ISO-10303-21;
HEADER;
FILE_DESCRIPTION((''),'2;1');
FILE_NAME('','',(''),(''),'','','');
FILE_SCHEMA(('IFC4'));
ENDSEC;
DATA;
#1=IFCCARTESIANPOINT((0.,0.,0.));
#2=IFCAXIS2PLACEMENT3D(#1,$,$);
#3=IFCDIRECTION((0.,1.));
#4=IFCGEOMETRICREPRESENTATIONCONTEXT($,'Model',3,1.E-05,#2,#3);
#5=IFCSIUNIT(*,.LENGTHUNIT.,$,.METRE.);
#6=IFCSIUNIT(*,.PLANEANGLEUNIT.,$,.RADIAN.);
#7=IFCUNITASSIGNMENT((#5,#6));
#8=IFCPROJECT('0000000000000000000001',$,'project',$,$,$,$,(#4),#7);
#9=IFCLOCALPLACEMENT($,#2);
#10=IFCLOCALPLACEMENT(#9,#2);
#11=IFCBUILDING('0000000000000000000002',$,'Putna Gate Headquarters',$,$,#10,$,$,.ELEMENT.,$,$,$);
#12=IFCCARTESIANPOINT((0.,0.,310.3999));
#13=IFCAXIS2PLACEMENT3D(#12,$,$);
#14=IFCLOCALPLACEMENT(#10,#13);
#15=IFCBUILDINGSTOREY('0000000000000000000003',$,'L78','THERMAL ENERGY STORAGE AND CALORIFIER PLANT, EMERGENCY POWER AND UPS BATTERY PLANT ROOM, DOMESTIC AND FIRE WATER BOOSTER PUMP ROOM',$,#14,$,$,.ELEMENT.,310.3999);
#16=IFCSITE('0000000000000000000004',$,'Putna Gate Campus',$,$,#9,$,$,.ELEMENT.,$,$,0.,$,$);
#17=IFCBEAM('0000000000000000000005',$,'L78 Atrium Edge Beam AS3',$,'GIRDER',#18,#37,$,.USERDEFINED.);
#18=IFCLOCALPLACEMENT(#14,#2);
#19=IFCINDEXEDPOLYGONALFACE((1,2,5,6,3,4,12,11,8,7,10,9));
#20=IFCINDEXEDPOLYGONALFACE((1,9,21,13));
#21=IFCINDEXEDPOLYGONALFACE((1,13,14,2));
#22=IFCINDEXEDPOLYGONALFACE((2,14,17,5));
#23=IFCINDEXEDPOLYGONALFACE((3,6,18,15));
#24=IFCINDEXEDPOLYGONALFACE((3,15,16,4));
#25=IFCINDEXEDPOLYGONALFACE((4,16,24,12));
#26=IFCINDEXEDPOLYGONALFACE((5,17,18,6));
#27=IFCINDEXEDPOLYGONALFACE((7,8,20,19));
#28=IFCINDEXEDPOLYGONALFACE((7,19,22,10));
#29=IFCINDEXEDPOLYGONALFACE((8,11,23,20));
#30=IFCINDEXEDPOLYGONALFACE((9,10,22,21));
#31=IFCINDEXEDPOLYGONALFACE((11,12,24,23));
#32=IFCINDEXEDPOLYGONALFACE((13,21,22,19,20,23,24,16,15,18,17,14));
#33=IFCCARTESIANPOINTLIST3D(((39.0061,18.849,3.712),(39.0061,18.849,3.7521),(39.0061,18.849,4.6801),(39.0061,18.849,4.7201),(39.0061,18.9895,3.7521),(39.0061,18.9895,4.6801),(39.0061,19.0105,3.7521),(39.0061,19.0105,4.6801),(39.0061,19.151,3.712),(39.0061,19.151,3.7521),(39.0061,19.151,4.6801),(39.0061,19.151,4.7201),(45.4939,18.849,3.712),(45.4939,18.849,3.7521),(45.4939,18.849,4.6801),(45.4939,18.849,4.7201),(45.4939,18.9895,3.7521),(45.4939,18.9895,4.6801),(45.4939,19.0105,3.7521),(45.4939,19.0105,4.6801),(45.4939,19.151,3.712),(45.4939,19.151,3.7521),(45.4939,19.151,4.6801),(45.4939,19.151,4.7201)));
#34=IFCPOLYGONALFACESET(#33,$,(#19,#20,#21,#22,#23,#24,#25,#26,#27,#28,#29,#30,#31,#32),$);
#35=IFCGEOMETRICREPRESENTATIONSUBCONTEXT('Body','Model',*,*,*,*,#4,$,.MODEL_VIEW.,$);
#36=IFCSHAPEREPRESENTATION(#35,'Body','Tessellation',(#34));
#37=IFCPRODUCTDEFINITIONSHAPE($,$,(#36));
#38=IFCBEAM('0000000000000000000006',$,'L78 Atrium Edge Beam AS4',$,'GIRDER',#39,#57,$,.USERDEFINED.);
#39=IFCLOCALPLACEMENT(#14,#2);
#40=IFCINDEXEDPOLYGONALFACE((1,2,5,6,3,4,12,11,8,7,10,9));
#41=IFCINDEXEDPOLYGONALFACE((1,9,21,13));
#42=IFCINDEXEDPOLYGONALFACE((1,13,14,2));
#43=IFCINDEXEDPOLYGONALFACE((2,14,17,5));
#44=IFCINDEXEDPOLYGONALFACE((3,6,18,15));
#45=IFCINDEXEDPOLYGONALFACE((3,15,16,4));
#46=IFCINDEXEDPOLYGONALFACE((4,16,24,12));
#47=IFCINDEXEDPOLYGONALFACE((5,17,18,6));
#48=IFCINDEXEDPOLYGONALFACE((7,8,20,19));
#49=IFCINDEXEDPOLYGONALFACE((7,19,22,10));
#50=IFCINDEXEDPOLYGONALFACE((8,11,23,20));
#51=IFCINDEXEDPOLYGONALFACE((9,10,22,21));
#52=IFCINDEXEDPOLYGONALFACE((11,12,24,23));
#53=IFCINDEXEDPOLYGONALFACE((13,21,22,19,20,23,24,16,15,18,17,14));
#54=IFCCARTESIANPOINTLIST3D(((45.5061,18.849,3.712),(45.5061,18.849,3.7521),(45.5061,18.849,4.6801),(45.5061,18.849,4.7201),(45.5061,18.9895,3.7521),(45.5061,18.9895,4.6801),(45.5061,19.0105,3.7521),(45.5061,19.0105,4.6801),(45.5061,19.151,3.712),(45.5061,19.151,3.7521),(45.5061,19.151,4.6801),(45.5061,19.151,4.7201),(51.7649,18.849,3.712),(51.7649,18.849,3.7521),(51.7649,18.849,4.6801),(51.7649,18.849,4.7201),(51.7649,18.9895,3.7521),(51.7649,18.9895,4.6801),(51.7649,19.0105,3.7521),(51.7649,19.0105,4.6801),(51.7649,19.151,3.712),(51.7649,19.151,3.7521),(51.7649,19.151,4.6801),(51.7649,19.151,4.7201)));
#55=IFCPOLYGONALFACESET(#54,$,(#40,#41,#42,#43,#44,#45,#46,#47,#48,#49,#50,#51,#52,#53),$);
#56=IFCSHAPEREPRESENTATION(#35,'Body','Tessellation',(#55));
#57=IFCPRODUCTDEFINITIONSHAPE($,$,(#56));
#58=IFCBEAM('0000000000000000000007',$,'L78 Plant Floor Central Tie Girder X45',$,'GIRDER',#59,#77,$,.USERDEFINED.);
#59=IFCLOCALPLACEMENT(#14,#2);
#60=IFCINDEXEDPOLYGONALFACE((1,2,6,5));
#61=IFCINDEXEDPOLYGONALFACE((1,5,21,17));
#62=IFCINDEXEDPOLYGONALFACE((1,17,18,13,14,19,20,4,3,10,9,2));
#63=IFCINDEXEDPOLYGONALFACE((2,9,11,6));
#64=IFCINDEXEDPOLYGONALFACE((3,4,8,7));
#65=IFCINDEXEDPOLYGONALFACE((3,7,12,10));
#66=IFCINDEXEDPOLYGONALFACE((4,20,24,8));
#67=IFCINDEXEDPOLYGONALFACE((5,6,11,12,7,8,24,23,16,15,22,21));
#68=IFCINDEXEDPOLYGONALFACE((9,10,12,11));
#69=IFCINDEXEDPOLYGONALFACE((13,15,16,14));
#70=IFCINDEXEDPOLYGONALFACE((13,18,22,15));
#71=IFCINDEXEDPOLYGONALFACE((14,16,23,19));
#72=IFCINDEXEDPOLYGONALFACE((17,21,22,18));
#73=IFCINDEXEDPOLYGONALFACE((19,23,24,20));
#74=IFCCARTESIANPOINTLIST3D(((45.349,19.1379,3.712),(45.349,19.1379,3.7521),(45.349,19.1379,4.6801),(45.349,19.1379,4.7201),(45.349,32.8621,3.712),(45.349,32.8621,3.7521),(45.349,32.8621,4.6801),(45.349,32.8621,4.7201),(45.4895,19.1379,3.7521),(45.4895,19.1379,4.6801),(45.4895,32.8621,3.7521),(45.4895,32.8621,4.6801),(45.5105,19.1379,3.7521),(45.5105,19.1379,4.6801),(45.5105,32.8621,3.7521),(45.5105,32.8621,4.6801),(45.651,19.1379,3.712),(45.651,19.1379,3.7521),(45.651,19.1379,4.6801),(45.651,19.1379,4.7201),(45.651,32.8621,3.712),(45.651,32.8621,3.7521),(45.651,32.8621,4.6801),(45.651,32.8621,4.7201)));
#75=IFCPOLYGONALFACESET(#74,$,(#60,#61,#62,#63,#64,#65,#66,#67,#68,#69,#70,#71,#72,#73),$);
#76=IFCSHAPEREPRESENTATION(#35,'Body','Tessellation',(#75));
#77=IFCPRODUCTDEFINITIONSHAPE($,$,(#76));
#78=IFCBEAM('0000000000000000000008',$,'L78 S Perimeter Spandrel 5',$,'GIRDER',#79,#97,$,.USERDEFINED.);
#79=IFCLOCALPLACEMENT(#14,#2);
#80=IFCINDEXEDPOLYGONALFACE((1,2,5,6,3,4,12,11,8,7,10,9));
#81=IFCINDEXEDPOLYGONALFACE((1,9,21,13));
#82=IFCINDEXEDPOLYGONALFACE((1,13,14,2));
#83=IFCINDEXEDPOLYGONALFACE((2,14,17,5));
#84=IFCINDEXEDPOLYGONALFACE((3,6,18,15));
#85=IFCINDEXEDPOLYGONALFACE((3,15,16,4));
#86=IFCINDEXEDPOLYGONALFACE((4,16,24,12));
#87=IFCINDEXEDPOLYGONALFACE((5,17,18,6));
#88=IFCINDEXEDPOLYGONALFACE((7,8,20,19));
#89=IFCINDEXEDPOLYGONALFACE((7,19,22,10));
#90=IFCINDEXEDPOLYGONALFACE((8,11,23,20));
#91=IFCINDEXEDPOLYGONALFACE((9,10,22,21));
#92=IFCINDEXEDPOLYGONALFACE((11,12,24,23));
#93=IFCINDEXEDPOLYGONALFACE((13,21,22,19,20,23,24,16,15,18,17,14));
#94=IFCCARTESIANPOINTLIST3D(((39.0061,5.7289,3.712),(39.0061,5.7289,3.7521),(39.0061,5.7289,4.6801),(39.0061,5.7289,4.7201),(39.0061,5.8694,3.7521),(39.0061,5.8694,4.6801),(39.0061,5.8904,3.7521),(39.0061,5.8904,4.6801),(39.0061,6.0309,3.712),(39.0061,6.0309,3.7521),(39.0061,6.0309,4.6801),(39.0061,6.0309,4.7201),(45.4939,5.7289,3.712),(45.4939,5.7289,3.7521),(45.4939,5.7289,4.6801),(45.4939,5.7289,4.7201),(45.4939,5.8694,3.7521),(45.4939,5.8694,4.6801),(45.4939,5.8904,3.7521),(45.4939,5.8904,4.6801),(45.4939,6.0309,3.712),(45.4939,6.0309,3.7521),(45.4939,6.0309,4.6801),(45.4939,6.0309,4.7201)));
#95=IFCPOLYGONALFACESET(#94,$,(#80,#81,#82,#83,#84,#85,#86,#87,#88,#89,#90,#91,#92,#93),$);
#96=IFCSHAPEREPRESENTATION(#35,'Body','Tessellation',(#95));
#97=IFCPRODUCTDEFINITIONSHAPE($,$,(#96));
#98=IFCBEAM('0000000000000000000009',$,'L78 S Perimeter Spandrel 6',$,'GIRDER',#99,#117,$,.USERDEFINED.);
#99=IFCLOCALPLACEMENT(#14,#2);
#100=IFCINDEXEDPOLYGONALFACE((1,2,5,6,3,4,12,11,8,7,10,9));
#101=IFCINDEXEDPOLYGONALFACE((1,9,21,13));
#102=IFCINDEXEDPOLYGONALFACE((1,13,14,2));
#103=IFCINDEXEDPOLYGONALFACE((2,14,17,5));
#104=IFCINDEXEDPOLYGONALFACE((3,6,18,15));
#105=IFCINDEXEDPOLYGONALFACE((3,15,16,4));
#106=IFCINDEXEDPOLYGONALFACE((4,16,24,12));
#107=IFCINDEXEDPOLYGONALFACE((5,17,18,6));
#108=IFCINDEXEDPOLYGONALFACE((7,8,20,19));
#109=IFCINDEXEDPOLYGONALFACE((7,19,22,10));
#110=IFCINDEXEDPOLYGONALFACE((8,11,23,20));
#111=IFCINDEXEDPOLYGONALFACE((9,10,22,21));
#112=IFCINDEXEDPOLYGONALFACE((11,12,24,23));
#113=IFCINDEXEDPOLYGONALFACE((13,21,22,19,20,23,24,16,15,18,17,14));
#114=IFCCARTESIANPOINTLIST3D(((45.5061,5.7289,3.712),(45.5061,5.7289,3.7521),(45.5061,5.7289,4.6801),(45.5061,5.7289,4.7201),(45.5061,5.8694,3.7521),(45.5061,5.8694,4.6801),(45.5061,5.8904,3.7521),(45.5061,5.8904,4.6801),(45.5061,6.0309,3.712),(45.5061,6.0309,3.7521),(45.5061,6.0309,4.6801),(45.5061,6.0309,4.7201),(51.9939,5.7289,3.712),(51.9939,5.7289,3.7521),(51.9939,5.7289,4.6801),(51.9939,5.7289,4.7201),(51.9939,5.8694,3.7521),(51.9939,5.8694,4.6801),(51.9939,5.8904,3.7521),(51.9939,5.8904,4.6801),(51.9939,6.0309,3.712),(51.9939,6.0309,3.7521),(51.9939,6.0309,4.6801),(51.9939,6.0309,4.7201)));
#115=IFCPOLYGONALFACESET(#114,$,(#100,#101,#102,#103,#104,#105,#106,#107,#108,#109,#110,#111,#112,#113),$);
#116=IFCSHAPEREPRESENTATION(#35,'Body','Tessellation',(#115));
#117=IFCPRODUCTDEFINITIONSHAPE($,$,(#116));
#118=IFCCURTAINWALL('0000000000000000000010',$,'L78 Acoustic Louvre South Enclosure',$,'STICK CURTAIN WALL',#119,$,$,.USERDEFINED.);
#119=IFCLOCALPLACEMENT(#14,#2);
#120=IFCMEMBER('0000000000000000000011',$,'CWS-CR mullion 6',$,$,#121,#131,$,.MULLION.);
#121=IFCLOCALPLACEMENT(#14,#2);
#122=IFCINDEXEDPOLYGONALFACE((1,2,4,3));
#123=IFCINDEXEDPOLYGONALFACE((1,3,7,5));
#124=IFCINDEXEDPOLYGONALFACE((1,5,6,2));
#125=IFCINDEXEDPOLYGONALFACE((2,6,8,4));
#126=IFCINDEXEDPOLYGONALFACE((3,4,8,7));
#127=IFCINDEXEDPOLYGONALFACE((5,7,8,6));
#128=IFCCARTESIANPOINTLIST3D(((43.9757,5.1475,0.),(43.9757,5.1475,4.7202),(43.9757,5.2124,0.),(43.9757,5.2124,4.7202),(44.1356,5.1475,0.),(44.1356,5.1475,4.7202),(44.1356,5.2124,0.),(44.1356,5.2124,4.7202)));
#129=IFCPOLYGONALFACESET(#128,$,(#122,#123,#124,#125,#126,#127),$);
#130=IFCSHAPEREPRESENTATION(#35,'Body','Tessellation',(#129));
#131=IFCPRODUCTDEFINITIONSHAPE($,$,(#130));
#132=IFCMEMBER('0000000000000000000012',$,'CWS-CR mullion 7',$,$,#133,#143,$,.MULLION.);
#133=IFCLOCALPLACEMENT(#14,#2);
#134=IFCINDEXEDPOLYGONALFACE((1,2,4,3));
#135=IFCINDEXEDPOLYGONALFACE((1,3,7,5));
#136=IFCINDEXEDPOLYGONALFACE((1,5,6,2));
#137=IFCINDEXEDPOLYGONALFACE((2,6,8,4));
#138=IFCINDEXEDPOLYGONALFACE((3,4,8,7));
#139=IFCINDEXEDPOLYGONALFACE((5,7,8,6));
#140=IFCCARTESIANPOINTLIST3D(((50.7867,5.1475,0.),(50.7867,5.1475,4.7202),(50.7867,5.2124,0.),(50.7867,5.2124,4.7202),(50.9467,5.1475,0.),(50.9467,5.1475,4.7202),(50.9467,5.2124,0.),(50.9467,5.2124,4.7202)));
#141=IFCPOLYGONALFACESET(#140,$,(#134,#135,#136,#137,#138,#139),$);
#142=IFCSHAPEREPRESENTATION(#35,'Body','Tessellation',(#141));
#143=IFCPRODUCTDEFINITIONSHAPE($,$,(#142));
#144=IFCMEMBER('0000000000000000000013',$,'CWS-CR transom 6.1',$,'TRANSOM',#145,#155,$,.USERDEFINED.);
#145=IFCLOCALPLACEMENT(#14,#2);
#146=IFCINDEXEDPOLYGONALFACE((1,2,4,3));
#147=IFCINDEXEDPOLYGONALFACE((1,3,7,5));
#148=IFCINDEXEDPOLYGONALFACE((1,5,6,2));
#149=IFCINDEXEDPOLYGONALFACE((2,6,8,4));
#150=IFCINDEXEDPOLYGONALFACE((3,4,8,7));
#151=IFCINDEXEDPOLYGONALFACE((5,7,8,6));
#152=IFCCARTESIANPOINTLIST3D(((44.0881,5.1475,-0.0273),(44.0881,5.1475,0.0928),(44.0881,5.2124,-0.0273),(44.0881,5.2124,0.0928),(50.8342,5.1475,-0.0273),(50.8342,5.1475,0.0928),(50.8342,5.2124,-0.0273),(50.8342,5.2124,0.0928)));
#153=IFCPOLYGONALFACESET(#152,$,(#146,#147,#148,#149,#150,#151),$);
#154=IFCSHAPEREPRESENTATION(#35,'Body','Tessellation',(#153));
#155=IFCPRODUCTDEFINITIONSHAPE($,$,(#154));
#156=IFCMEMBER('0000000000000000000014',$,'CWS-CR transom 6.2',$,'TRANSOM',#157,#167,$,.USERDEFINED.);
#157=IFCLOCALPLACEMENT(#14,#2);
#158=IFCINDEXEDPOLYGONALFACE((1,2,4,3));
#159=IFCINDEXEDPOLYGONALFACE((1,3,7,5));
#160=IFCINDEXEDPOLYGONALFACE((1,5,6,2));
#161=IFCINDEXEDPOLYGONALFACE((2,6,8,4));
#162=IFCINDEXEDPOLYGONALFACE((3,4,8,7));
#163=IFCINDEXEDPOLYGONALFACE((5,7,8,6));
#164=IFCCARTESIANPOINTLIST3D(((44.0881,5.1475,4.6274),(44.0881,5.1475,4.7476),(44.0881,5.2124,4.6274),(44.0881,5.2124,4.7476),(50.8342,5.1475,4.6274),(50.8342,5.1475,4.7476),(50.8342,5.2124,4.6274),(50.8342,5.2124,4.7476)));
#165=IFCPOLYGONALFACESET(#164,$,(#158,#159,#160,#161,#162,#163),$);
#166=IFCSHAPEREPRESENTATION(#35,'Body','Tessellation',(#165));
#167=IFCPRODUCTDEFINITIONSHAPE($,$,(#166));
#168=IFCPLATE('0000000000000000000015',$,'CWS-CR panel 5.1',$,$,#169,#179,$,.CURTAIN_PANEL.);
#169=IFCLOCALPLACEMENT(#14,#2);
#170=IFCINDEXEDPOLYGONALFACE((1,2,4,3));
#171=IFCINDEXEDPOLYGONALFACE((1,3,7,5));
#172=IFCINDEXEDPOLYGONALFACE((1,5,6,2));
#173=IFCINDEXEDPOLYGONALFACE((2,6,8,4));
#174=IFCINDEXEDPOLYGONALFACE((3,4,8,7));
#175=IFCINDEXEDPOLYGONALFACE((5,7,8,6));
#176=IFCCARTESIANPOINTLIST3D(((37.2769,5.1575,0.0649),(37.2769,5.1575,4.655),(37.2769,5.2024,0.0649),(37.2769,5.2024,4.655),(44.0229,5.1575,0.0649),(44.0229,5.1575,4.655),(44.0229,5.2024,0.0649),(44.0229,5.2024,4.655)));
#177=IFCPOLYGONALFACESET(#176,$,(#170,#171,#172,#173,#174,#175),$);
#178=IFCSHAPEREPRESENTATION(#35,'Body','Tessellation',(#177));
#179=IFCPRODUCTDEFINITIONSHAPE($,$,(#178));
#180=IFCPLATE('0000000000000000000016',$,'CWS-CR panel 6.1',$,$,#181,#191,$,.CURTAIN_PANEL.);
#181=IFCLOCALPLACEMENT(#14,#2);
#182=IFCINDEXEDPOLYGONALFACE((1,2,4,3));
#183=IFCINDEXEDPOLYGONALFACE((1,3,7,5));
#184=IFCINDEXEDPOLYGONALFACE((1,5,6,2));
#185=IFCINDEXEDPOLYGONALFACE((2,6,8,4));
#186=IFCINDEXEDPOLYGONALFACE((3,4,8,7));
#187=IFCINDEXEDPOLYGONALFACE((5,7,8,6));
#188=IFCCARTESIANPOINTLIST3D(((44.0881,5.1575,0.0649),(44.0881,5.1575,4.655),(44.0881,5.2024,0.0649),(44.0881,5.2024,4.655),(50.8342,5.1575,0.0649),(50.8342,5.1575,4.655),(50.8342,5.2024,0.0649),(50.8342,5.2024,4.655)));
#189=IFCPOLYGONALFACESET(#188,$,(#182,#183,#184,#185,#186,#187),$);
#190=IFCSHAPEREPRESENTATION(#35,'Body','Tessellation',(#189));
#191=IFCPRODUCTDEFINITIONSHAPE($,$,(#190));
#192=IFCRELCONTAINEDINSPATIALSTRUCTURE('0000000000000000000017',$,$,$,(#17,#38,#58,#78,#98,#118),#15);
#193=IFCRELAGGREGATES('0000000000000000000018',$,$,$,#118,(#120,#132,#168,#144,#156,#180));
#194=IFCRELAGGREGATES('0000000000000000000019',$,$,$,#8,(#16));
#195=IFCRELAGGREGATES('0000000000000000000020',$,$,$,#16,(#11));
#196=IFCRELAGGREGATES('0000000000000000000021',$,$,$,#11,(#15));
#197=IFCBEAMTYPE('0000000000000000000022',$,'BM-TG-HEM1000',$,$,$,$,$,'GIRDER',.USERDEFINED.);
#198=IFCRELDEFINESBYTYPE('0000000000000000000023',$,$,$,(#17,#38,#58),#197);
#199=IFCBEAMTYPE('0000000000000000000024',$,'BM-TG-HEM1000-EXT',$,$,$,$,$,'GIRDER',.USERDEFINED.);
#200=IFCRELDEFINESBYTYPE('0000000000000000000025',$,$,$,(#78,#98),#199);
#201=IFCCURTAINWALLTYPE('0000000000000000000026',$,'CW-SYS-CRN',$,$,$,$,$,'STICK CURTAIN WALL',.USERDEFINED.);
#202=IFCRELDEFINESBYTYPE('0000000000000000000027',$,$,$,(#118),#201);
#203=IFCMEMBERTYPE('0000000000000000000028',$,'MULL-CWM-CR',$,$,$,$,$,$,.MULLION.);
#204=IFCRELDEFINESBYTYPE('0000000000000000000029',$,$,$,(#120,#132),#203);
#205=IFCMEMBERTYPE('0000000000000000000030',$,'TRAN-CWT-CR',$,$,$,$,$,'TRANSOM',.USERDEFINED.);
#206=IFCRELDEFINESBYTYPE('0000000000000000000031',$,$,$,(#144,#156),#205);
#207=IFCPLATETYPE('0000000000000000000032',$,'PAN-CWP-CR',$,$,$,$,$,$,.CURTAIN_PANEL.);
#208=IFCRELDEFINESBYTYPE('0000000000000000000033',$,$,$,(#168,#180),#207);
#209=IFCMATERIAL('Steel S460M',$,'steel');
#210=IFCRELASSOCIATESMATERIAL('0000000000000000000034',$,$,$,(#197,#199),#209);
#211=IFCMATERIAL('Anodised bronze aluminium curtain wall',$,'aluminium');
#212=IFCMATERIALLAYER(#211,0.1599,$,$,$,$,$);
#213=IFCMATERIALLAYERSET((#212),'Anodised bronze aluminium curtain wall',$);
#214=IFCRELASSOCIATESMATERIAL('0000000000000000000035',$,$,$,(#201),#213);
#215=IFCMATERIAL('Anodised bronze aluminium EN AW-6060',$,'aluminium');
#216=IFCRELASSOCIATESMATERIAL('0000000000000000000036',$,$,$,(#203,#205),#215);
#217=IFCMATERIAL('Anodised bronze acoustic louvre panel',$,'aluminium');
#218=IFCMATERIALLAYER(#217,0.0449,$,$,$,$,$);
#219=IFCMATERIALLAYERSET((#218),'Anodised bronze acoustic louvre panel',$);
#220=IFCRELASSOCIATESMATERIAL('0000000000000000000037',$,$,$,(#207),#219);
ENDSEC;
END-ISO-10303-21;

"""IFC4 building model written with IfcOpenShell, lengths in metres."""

from ifc_helpers import new_model, si_unit, direction, frame, origin, origin_2d, place, context, subcontext, project, spatial, rectangle, i_section, extrude, material, layer, layer_set, material_profile, profile_set, type_object, element, aggregate, save


model = new_model("IFC4")

# Units and contexts
model_context = context("Model", 3, precision=1e-05, world=origin(), true_north=direction((0.0, 1.0)))
body_context = subcontext(model_context, "Body", "Model", "MODEL_VIEW")
ifc_project = project(units=[si_unit("LENGTHUNIT", "METRE"), si_unit("PLANEANGLEUNIT", "RADIAN")], contexts=[model_context])

# Site, building, storey
site_placement = place(None, origin())
site = spatial("IfcSite", under=ifc_project, at=site_placement, Name="Putna Gate Campus", CompositionType="ELEMENT", RefElevation=0.0)
building_placement = place(site_placement, origin())
building = spatial("IfcBuilding", under=site, at=building_placement, Name="Putna Gate Headquarters", CompositionType="ELEMENT")
storey_placement = place(building_placement, frame((0.0, 0.0, 310.3999)))
storey = spatial("IfcBuildingStorey", under=building, at=storey_placement, Name="L78", Description="THERMAL ENERGY STORAGE AND CALORIFIER PLANT, EMERGENCY POWER AND UPS BATTERY PLANT ROOM, DOMESTIC AND FIRE WATER BOOSTER PUMP ROOM", CompositionType="ELEMENT", Elevation=310.3999)

# Shared definitions
ifc_material_1 = material(Name="Steel S460M", Category="steel")

# Beams
ifc_material_profile_1 = material_profile(ifc_material_1, i_section(OverallWidth=0.302, OverallDepth=1.0081, WebThickness=0.021, FlangeThickness=0.04, at=origin_2d()), Name="Steel S460M")
ifc_profile_set_1 = profile_set([ifc_material_profile_1], Name="Steel S460M")
beam_type_1 = type_object("IfcBeamType", Name="BM-TG-HEM1000", ElementType="GIRDER", PredefinedType="USERDEFINED", material=ifc_profile_set_1)
beam_1_placement = place(storey_placement, frame((39.0061, 19.0, 4.2161), z_axis=(1.0, 0.0, 0.0), x_axis=(0.0, 1.0, 0.0)))
element("IfcBeam", 1, at=beam_1_placement, inside=storey, type_object=beam_type_1, Name="L78 Atrium Edge Beam AS3", ObjectType="GIRDER", PredefinedType="USERDEFINED", context=body_context, shape_type="SweptSolid", body=[
    extrude(i_section(OverallWidth=0.302, OverallDepth=1.0081, WebThickness=0.021, FlangeThickness=0.04, at=origin_2d()), origin(), (0.0, 0.0, 1.0), 6.4878),
])
beam_2_placement = place(storey_placement, frame((45.5061, 19.0, 4.2161), z_axis=(1.0, 0.0, 0.0), x_axis=(0.0, 1.0, 0.0)))
element("IfcBeam", 2, at=beam_2_placement, inside=storey, type_object=beam_type_1, Name="L78 Atrium Edge Beam AS4", ObjectType="GIRDER", PredefinedType="USERDEFINED", context=body_context, shape_type="SweptSolid", body=[
    extrude(i_section(OverallWidth=0.302, OverallDepth=1.0081, WebThickness=0.021, FlangeThickness=0.04, at=origin_2d()), origin(), (0.0, 0.0, 1.0), 6.2588),
])
beam_3_placement = place(storey_placement, frame((45.5, 19.1379, 4.2161), z_axis=(0.0, 1.0, 0.0), x_axis=(-1.0, 0.0, 0.0)))
element("IfcBeam", 3, at=beam_3_placement, inside=storey, type_object=beam_type_1, Name="L78 Plant Floor Central Tie Girder X45", ObjectType="GIRDER", PredefinedType="USERDEFINED", context=body_context, shape_type="SweptSolid", body=[
    extrude(i_section(OverallWidth=0.302, OverallDepth=1.0081, WebThickness=0.021, FlangeThickness=0.04, at=origin_2d()), origin(), (0.0, 0.0, 1.0), 13.7241),
])
ifc_material_profile_2 = material_profile(ifc_material_1, i_section(OverallWidth=0.302, OverallDepth=1.0081, WebThickness=0.021, FlangeThickness=0.04, at=origin_2d()), Name="Steel S460M")
ifc_profile_set_2 = profile_set([ifc_material_profile_2], Name="Steel S460M")
beam_type_2 = type_object("IfcBeamType", Name="BM-TG-HEM1000-EXT", ElementType="GIRDER", PredefinedType="USERDEFINED", material=ifc_profile_set_2)
for number, where, z_axis, x_axis, name in (
    (4, (39.0061, 5.8799, 4.2161), (1.0, 0.0, 0.0), (0.0, 1.0, 0.0), "L78 S Perimeter Spandrel 5"),
    (5, (45.5061, 5.8799, 4.2161), (1.0, 0.0, 0.0), (0.0, 1.0, 0.0), "L78 S Perimeter Spandrel 6"),
):
    element("IfcBeam", number, at=place(storey_placement, frame(where, z_axis=z_axis, x_axis=x_axis)), inside=storey, type_object=beam_type_2, Name=name, ObjectType="GIRDER", PredefinedType="USERDEFINED", context=body_context, shape_type="SweptSolid", body=[
        extrude(i_section(OverallWidth=0.302, OverallDepth=1.0081, WebThickness=0.021, FlangeThickness=0.04, at=origin_2d()), origin(), (0.0, 0.0, 1.0), 6.4878),
    ])

# Curtain wall, members, plates
ifc_material_2 = material(Name="Anodised bronze aluminium curtain wall", Category="aluminium")
ifc_layer_1 = layer(ifc_material_2, 0.1599)
ifc_layer_set_1 = layer_set([ifc_layer_1], Name="Anodised bronze aluminium curtain wall")
curtain_wall_type = type_object("IfcCurtainWallType", Name="CW-SYS-CRN", ElementType="STICK CURTAIN WALL", PredefinedType="USERDEFINED", material=ifc_layer_set_1)
curtain_wall_placement = place(storey_placement, origin())
curtain_wall = element("IfcCurtainWall", 6, at=curtain_wall_placement, inside=storey, type_object=curtain_wall_type, Name="L78 Acoustic Louvre South Enclosure", ObjectType="STICK CURTAIN WALL", PredefinedType="USERDEFINED")
ifc_material_3 = material(Name="Anodised bronze aluminium EN AW-6060", Category="aluminium")
ifc_material_profile_3 = material_profile(ifc_material_3, rectangle(XDim=0.0649, YDim=0.1599, at=origin_2d()), Name="Anodised bronze aluminium EN AW-6060")
ifc_profile_set_3 = profile_set([ifc_material_profile_3], Name="Anodised bronze aluminium EN AW-6060")
member_type_1 = type_object("IfcMemberType", Name="MULL-CWM-CR", PredefinedType="MULLION", material=ifc_profile_set_3)
member_1_placement = place(storey_placement, frame((44.0557, 5.1799, 0.0), z_axis=(0.0, 0.0, 1.0), x_axis=(0.0, 1.0, 0.0)))
member_1 = element("IfcMember", 7, at=member_1_placement, type_object=member_type_1, Name="CWS-CR mullion 6", PredefinedType="MULLION", context=body_context, shape_type="SweptSolid", body=[
    extrude(rectangle(XDim=0.0649, YDim=0.1599, at=origin_2d()), origin(), (0.0, 0.0, 1.0), 4.7202),
])
member_2_placement = place(storey_placement, frame((50.8667, 5.1799, 0.0), z_axis=(0.0, 0.0, 1.0), x_axis=(0.0, 1.0, 0.0)))
member_2 = element("IfcMember", 8, at=member_2_placement, type_object=member_type_1, Name="CWS-CR mullion 7", PredefinedType="MULLION", context=body_context, shape_type="SweptSolid", body=[
    extrude(rectangle(XDim=0.0649, YDim=0.1599, at=origin_2d()), origin(), (0.0, 0.0, 1.0), 4.7202),
])
ifc_material_profile_4 = material_profile(ifc_material_3, rectangle(XDim=0.0649, YDim=0.1201, at=origin_2d()), Name="Anodised bronze aluminium EN AW-6060")
ifc_profile_set_4 = profile_set([ifc_material_profile_4], Name="Anodised bronze aluminium EN AW-6060")
member_type_2 = type_object("IfcMemberType", Name="TRAN-CWT-CR", ElementType="TRANSOM", PredefinedType="USERDEFINED", material=ifc_profile_set_4)
member_3_placement = place(storey_placement, frame((44.0881, 5.1799, 0.0327), z_axis=(1.0, 0.0, 0.0), x_axis=(0.0, 1.0, 0.0)))
member_3 = element("IfcMember", 9, at=member_3_placement, type_object=member_type_2, Name="CWS-CR transom 6.1", ObjectType="TRANSOM", PredefinedType="USERDEFINED", context=body_context, shape_type="SweptSolid", body=[
    extrude(rectangle(XDim=0.0649, YDim=0.1201, at=origin_2d()), origin(), (0.0, 0.0, 1.0), 6.7461),
])
member_4_placement = place(storey_placement, frame((44.0881, 5.1799, 4.6875), z_axis=(1.0, 0.0, 0.0), x_axis=(0.0, 1.0, 0.0)))
member_4 = element("IfcMember", 10, at=member_4_placement, type_object=member_type_2, Name="CWS-CR transom 6.2", ObjectType="TRANSOM", PredefinedType="USERDEFINED", context=body_context, shape_type="SweptSolid", body=[
    extrude(rectangle(XDim=0.0649, YDim=0.1201, at=origin_2d()), origin(), (0.0, 0.0, 1.0), 6.7461),
])
ifc_material_4 = material(Name="Anodised bronze acoustic louvre panel", Category="aluminium")
ifc_layer_2 = layer(ifc_material_4, 0.0449)
ifc_layer_set_2 = layer_set([ifc_layer_2], Name="Anodised bronze acoustic louvre panel")
plate_type = type_object("IfcPlateType", Name="PAN-CWP-CR", PredefinedType="CURTAIN_PANEL", material=ifc_layer_set_2)
plate_1_placement = place(storey_placement, frame((40.6499, 5.1799, 0.0649), z_axis=(0.0, 0.0, 1.0), x_axis=(1.0, 0.0, 0.0)))
plate_1 = element("IfcPlate", 11, at=plate_1_placement, type_object=plate_type, Name="CWS-CR panel 5.1", PredefinedType="CURTAIN_PANEL", context=body_context, shape_type="SweptSolid", body=[
    extrude(rectangle(XDim=6.7461, YDim=0.0449, at=origin_2d()), origin(), (0.0, 0.0, 1.0), 4.5901),
])
plate_2_placement = place(storey_placement, frame((47.4612, 5.1799, 0.0649), z_axis=(0.0, 0.0, 1.0), x_axis=(1.0, 0.0, 0.0)))
plate_2 = element("IfcPlate", 12, at=plate_2_placement, type_object=plate_type, Name="CWS-CR panel 6.1", PredefinedType="CURTAIN_PANEL", context=body_context, shape_type="SweptSolid", body=[
    extrude(rectangle(XDim=6.7461, YDim=0.0449, at=origin_2d()), origin(), (0.0, 0.0, 1.0), 4.5901),
])
aggregate(curtain_wall, [member_1, member_2, plate_1, member_3, member_4, plate_2])

save(model, "model.ifc")
